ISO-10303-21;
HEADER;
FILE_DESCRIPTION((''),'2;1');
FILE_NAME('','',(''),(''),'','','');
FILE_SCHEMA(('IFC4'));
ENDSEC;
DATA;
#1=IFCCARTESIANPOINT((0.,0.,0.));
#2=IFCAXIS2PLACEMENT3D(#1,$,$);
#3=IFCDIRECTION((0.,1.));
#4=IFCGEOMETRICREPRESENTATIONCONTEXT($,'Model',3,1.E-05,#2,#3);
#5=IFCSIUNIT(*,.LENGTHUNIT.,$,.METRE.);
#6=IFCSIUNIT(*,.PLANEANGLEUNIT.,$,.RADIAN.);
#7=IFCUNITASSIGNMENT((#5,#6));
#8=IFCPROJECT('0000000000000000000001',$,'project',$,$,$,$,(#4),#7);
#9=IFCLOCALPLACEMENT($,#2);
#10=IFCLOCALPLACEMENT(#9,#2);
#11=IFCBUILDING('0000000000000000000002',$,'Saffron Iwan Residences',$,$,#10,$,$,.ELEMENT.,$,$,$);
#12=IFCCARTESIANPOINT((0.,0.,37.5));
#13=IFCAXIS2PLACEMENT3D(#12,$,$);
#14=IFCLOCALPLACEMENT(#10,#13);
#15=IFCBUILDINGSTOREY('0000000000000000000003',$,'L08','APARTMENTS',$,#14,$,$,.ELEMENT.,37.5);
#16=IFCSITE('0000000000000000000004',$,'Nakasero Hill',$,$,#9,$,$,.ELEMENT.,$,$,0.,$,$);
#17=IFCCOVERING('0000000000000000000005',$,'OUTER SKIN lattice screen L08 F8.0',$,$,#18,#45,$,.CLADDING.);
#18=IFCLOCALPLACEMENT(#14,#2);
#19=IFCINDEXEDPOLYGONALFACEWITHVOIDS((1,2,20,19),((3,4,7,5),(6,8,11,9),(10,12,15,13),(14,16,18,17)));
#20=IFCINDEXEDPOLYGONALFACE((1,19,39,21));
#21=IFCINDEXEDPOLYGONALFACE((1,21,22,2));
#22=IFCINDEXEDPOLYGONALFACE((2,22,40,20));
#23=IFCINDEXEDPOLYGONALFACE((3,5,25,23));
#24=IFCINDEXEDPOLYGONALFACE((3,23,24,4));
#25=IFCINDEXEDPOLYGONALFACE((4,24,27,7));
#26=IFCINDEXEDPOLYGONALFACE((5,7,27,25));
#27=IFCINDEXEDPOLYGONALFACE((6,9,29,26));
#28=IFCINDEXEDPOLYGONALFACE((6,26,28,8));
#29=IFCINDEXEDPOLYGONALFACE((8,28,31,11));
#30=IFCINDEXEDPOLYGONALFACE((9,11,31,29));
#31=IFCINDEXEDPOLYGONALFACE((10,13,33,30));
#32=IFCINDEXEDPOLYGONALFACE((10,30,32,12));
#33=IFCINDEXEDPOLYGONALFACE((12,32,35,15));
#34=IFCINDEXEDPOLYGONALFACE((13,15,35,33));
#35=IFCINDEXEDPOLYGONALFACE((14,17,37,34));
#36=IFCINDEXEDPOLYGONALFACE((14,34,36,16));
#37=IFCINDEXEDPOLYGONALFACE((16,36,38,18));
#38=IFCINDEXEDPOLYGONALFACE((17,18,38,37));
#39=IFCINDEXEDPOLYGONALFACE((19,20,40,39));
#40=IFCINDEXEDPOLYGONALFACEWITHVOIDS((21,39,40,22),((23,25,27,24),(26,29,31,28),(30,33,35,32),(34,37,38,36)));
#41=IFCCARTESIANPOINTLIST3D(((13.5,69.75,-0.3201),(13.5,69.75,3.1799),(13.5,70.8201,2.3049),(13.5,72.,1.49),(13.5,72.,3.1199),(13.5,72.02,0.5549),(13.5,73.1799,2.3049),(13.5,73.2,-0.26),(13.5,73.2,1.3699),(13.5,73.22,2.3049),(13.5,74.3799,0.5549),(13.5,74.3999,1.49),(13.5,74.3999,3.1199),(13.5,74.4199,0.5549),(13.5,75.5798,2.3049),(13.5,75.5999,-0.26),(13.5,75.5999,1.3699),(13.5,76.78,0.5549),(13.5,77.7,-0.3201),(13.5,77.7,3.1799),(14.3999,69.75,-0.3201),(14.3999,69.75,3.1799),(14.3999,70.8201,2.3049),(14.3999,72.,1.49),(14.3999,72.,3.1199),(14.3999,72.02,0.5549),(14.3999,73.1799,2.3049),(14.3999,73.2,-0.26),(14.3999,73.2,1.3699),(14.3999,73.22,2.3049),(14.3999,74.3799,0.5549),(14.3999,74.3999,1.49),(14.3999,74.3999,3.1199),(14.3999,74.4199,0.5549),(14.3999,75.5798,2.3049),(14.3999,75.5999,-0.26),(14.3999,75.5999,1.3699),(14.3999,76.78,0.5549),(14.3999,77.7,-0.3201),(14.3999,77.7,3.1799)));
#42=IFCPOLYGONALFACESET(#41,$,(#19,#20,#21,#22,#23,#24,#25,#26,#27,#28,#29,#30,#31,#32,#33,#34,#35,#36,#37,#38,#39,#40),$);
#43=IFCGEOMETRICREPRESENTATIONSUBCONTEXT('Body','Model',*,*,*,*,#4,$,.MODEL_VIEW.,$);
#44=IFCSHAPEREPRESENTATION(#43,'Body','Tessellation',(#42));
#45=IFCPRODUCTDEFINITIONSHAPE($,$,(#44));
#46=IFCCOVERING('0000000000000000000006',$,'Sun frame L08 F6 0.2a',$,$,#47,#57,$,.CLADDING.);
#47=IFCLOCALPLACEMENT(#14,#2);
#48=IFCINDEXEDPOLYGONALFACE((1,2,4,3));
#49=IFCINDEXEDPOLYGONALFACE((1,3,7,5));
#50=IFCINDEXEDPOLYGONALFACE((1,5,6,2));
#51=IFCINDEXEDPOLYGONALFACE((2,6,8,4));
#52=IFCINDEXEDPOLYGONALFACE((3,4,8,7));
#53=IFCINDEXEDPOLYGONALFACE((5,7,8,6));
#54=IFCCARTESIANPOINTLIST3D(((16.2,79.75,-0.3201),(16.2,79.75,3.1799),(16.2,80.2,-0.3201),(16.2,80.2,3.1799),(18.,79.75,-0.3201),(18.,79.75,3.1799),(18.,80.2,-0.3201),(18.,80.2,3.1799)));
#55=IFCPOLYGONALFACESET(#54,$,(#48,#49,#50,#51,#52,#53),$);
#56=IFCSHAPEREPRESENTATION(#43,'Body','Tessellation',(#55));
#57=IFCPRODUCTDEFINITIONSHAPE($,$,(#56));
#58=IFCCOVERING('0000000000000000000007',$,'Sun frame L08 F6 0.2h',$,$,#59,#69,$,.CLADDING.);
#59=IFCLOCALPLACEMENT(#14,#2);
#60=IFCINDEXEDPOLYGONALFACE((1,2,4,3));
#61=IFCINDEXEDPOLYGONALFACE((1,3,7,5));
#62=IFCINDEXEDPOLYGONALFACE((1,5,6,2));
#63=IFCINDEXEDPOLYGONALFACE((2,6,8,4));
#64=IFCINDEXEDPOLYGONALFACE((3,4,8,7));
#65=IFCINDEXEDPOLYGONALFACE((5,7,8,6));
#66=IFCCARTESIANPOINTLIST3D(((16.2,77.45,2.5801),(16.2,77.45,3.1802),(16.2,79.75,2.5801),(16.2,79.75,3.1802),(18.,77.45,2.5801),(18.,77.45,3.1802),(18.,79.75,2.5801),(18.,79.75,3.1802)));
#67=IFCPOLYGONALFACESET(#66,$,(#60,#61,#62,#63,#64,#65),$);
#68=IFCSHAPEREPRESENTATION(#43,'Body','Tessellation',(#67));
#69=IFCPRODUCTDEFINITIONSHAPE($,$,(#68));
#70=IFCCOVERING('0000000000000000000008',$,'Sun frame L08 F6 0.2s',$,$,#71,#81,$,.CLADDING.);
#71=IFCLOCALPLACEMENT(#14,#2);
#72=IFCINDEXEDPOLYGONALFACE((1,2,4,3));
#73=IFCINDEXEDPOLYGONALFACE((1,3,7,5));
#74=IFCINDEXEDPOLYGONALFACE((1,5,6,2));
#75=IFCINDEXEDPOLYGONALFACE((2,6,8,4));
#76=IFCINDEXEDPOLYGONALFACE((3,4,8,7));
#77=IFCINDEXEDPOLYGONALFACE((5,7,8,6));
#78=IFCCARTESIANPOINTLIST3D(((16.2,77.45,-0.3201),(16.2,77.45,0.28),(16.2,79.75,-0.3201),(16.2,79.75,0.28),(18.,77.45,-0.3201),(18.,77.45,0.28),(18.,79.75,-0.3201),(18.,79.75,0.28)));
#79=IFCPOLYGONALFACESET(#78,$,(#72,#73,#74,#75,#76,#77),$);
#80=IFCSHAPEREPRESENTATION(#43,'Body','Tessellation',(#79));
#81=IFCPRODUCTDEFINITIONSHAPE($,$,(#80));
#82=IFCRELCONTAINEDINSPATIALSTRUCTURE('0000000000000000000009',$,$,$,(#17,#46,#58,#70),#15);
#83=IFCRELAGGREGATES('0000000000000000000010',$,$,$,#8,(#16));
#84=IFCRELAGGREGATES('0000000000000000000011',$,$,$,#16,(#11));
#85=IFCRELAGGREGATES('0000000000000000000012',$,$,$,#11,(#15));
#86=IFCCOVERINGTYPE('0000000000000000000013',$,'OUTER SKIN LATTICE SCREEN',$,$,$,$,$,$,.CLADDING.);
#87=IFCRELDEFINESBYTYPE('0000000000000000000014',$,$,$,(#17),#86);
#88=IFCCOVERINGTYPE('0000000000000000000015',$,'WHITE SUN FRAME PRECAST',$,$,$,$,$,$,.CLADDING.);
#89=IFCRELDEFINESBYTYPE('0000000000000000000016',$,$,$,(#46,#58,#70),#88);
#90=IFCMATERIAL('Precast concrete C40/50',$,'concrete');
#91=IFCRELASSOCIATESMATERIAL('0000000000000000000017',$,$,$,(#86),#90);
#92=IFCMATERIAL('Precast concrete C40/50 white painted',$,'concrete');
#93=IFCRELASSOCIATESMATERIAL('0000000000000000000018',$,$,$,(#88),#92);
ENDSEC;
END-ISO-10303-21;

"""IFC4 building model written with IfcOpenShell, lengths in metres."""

from ifc_helpers import new_model, si_unit, direction, frame, origin, place, context, subcontext, project, spatial, polyline, outline, extrude, material, type_object, element, save


model = new_model("IFC4")

# Units and contexts
model_context = context("Model", 3, precision=1e-05, world=origin(), true_north=direction((0.0, 1.0)))
body_context = subcontext(model_context, "Body", "Model", "MODEL_VIEW")
ifc_project = project(units=[si_unit("LENGTHUNIT", "METRE"), si_unit("PLANEANGLEUNIT", "RADIAN")], contexts=[model_context])

# Site, building, storey
site_placement = place(None, origin())
site = spatial("IfcSite", under=ifc_project, at=site_placement, Name="Nakasero Hill", CompositionType="ELEMENT", RefElevation=0.0)
building_placement = place(site_placement, origin())
building = spatial("IfcBuilding", under=site, at=building_placement, Name="Saffron Iwan Residences", CompositionType="ELEMENT")
storey_placement = place(building_placement, frame((0.0, 0.0, 37.5)))
storey = spatial("IfcBuildingStorey", under=building, at=storey_placement, Name="L08", Description="APARTMENTS", CompositionType="ELEMENT", Elevation=37.5)

# Coverings
ifc_material_1 = material(Name="Precast concrete C40/50", Category="concrete")
covering_type_1 = type_object("IfcCoveringType", Name="OUTER SKIN LATTICE SCREEN", PredefinedType="CLADDING", material=ifc_material_1)
covering_1_placement = place(storey_placement, frame((14.3999, 77.7, -0.3201), z_axis=(-1.0, 0.0, 0.0), x_axis=(0.0, -1.0, 0.0)))
element("IfcCovering", 1, at=covering_1_placement, inside=storey, type_object=covering_type_1, Name="OUTER SKIN lattice screen L08 F8.0", PredefinedType="CLADDING", context=body_context, shape_type="SweptSolid", body=[
    extrude(outline(polyline([(0.0, 0.0), (7.95, 0.0), (7.95, 3.5), (0.0, 3.5), (0.0, 0.0)]), holes=[polyline([(0.9199, 0.875), (2.1001, 0.0601), (3.28, 0.875), (2.1001, 1.6899), (0.9199, 0.875)]), polyline([(3.3201, 0.875), (4.5, 0.0601), (5.6799, 0.875), (4.5, 1.6899), (3.3201, 0.875)]), polyline([(2.1201, 2.625), (3.3, 1.8101), (4.48, 2.625), (3.3, 3.4399), (2.1201, 2.625)]), polyline([(4.52, 2.625), (5.7, 1.8101), (6.8799, 2.625), (5.7, 3.4399), (4.52, 2.625)])]), origin(), (0.0, 0.0, 1.0), 0.8999),
])
ifc_material_2 = material(Name="Precast concrete C40/50 white painted", Category="concrete")
covering_type_2 = type_object("IfcCoveringType", Name="WHITE SUN FRAME PRECAST", PredefinedType="CLADDING", material=ifc_material_2)
covering_2_placement = place(storey_placement, frame((18.0, 80.2, -0.3201), z_axis=(-1.0, 0.0, 0.0), x_axis=(0.0, -1.0, 0.0)))
element("IfcCovering", 2, at=covering_2_placement, inside=storey, type_object=covering_type_2, Name="Sun frame L08 F6 0.2a", PredefinedType="CLADDING", context=body_context, shape_type="SweptSolid", body=[
    extrude(outline(polyline([(0.0, 0.0), (0.45, 0.0), (0.45, 3.5), (0.0, 3.5), (0.0, 0.0)])), origin(), (0.0, 0.0, 1.0), 1.8),
])
for number, where, z_axis, x_axis, name in (
    (3, (18.0, 79.75, 2.5801), (-1.0, 0.0, 0.0), (0.0, -1.0, 0.0), "Sun frame L08 F6 0.2h"),
    (4, (18.0, 79.75, -0.3201), (-1.0, 0.0, 0.0), (0.0, -1.0, 0.0), "Sun frame L08 F6 0.2s"),
):
    element("IfcCovering", number, at=place(storey_placement, frame(where, z_axis=z_axis, x_axis=x_axis)), inside=storey, type_object=covering_type_2, Name=name, PredefinedType="CLADDING", context=body_context, shape_type="SweptSolid", body=[
        extrude(outline(polyline([(0.0, 0.0), (2.3, 0.0), (2.3, 0.6001), (0.0, 0.6001), (0.0, 0.0)])), origin(), (0.0, 0.0, 1.0), 1.8),
    ])

save(model, "model.ifc")
